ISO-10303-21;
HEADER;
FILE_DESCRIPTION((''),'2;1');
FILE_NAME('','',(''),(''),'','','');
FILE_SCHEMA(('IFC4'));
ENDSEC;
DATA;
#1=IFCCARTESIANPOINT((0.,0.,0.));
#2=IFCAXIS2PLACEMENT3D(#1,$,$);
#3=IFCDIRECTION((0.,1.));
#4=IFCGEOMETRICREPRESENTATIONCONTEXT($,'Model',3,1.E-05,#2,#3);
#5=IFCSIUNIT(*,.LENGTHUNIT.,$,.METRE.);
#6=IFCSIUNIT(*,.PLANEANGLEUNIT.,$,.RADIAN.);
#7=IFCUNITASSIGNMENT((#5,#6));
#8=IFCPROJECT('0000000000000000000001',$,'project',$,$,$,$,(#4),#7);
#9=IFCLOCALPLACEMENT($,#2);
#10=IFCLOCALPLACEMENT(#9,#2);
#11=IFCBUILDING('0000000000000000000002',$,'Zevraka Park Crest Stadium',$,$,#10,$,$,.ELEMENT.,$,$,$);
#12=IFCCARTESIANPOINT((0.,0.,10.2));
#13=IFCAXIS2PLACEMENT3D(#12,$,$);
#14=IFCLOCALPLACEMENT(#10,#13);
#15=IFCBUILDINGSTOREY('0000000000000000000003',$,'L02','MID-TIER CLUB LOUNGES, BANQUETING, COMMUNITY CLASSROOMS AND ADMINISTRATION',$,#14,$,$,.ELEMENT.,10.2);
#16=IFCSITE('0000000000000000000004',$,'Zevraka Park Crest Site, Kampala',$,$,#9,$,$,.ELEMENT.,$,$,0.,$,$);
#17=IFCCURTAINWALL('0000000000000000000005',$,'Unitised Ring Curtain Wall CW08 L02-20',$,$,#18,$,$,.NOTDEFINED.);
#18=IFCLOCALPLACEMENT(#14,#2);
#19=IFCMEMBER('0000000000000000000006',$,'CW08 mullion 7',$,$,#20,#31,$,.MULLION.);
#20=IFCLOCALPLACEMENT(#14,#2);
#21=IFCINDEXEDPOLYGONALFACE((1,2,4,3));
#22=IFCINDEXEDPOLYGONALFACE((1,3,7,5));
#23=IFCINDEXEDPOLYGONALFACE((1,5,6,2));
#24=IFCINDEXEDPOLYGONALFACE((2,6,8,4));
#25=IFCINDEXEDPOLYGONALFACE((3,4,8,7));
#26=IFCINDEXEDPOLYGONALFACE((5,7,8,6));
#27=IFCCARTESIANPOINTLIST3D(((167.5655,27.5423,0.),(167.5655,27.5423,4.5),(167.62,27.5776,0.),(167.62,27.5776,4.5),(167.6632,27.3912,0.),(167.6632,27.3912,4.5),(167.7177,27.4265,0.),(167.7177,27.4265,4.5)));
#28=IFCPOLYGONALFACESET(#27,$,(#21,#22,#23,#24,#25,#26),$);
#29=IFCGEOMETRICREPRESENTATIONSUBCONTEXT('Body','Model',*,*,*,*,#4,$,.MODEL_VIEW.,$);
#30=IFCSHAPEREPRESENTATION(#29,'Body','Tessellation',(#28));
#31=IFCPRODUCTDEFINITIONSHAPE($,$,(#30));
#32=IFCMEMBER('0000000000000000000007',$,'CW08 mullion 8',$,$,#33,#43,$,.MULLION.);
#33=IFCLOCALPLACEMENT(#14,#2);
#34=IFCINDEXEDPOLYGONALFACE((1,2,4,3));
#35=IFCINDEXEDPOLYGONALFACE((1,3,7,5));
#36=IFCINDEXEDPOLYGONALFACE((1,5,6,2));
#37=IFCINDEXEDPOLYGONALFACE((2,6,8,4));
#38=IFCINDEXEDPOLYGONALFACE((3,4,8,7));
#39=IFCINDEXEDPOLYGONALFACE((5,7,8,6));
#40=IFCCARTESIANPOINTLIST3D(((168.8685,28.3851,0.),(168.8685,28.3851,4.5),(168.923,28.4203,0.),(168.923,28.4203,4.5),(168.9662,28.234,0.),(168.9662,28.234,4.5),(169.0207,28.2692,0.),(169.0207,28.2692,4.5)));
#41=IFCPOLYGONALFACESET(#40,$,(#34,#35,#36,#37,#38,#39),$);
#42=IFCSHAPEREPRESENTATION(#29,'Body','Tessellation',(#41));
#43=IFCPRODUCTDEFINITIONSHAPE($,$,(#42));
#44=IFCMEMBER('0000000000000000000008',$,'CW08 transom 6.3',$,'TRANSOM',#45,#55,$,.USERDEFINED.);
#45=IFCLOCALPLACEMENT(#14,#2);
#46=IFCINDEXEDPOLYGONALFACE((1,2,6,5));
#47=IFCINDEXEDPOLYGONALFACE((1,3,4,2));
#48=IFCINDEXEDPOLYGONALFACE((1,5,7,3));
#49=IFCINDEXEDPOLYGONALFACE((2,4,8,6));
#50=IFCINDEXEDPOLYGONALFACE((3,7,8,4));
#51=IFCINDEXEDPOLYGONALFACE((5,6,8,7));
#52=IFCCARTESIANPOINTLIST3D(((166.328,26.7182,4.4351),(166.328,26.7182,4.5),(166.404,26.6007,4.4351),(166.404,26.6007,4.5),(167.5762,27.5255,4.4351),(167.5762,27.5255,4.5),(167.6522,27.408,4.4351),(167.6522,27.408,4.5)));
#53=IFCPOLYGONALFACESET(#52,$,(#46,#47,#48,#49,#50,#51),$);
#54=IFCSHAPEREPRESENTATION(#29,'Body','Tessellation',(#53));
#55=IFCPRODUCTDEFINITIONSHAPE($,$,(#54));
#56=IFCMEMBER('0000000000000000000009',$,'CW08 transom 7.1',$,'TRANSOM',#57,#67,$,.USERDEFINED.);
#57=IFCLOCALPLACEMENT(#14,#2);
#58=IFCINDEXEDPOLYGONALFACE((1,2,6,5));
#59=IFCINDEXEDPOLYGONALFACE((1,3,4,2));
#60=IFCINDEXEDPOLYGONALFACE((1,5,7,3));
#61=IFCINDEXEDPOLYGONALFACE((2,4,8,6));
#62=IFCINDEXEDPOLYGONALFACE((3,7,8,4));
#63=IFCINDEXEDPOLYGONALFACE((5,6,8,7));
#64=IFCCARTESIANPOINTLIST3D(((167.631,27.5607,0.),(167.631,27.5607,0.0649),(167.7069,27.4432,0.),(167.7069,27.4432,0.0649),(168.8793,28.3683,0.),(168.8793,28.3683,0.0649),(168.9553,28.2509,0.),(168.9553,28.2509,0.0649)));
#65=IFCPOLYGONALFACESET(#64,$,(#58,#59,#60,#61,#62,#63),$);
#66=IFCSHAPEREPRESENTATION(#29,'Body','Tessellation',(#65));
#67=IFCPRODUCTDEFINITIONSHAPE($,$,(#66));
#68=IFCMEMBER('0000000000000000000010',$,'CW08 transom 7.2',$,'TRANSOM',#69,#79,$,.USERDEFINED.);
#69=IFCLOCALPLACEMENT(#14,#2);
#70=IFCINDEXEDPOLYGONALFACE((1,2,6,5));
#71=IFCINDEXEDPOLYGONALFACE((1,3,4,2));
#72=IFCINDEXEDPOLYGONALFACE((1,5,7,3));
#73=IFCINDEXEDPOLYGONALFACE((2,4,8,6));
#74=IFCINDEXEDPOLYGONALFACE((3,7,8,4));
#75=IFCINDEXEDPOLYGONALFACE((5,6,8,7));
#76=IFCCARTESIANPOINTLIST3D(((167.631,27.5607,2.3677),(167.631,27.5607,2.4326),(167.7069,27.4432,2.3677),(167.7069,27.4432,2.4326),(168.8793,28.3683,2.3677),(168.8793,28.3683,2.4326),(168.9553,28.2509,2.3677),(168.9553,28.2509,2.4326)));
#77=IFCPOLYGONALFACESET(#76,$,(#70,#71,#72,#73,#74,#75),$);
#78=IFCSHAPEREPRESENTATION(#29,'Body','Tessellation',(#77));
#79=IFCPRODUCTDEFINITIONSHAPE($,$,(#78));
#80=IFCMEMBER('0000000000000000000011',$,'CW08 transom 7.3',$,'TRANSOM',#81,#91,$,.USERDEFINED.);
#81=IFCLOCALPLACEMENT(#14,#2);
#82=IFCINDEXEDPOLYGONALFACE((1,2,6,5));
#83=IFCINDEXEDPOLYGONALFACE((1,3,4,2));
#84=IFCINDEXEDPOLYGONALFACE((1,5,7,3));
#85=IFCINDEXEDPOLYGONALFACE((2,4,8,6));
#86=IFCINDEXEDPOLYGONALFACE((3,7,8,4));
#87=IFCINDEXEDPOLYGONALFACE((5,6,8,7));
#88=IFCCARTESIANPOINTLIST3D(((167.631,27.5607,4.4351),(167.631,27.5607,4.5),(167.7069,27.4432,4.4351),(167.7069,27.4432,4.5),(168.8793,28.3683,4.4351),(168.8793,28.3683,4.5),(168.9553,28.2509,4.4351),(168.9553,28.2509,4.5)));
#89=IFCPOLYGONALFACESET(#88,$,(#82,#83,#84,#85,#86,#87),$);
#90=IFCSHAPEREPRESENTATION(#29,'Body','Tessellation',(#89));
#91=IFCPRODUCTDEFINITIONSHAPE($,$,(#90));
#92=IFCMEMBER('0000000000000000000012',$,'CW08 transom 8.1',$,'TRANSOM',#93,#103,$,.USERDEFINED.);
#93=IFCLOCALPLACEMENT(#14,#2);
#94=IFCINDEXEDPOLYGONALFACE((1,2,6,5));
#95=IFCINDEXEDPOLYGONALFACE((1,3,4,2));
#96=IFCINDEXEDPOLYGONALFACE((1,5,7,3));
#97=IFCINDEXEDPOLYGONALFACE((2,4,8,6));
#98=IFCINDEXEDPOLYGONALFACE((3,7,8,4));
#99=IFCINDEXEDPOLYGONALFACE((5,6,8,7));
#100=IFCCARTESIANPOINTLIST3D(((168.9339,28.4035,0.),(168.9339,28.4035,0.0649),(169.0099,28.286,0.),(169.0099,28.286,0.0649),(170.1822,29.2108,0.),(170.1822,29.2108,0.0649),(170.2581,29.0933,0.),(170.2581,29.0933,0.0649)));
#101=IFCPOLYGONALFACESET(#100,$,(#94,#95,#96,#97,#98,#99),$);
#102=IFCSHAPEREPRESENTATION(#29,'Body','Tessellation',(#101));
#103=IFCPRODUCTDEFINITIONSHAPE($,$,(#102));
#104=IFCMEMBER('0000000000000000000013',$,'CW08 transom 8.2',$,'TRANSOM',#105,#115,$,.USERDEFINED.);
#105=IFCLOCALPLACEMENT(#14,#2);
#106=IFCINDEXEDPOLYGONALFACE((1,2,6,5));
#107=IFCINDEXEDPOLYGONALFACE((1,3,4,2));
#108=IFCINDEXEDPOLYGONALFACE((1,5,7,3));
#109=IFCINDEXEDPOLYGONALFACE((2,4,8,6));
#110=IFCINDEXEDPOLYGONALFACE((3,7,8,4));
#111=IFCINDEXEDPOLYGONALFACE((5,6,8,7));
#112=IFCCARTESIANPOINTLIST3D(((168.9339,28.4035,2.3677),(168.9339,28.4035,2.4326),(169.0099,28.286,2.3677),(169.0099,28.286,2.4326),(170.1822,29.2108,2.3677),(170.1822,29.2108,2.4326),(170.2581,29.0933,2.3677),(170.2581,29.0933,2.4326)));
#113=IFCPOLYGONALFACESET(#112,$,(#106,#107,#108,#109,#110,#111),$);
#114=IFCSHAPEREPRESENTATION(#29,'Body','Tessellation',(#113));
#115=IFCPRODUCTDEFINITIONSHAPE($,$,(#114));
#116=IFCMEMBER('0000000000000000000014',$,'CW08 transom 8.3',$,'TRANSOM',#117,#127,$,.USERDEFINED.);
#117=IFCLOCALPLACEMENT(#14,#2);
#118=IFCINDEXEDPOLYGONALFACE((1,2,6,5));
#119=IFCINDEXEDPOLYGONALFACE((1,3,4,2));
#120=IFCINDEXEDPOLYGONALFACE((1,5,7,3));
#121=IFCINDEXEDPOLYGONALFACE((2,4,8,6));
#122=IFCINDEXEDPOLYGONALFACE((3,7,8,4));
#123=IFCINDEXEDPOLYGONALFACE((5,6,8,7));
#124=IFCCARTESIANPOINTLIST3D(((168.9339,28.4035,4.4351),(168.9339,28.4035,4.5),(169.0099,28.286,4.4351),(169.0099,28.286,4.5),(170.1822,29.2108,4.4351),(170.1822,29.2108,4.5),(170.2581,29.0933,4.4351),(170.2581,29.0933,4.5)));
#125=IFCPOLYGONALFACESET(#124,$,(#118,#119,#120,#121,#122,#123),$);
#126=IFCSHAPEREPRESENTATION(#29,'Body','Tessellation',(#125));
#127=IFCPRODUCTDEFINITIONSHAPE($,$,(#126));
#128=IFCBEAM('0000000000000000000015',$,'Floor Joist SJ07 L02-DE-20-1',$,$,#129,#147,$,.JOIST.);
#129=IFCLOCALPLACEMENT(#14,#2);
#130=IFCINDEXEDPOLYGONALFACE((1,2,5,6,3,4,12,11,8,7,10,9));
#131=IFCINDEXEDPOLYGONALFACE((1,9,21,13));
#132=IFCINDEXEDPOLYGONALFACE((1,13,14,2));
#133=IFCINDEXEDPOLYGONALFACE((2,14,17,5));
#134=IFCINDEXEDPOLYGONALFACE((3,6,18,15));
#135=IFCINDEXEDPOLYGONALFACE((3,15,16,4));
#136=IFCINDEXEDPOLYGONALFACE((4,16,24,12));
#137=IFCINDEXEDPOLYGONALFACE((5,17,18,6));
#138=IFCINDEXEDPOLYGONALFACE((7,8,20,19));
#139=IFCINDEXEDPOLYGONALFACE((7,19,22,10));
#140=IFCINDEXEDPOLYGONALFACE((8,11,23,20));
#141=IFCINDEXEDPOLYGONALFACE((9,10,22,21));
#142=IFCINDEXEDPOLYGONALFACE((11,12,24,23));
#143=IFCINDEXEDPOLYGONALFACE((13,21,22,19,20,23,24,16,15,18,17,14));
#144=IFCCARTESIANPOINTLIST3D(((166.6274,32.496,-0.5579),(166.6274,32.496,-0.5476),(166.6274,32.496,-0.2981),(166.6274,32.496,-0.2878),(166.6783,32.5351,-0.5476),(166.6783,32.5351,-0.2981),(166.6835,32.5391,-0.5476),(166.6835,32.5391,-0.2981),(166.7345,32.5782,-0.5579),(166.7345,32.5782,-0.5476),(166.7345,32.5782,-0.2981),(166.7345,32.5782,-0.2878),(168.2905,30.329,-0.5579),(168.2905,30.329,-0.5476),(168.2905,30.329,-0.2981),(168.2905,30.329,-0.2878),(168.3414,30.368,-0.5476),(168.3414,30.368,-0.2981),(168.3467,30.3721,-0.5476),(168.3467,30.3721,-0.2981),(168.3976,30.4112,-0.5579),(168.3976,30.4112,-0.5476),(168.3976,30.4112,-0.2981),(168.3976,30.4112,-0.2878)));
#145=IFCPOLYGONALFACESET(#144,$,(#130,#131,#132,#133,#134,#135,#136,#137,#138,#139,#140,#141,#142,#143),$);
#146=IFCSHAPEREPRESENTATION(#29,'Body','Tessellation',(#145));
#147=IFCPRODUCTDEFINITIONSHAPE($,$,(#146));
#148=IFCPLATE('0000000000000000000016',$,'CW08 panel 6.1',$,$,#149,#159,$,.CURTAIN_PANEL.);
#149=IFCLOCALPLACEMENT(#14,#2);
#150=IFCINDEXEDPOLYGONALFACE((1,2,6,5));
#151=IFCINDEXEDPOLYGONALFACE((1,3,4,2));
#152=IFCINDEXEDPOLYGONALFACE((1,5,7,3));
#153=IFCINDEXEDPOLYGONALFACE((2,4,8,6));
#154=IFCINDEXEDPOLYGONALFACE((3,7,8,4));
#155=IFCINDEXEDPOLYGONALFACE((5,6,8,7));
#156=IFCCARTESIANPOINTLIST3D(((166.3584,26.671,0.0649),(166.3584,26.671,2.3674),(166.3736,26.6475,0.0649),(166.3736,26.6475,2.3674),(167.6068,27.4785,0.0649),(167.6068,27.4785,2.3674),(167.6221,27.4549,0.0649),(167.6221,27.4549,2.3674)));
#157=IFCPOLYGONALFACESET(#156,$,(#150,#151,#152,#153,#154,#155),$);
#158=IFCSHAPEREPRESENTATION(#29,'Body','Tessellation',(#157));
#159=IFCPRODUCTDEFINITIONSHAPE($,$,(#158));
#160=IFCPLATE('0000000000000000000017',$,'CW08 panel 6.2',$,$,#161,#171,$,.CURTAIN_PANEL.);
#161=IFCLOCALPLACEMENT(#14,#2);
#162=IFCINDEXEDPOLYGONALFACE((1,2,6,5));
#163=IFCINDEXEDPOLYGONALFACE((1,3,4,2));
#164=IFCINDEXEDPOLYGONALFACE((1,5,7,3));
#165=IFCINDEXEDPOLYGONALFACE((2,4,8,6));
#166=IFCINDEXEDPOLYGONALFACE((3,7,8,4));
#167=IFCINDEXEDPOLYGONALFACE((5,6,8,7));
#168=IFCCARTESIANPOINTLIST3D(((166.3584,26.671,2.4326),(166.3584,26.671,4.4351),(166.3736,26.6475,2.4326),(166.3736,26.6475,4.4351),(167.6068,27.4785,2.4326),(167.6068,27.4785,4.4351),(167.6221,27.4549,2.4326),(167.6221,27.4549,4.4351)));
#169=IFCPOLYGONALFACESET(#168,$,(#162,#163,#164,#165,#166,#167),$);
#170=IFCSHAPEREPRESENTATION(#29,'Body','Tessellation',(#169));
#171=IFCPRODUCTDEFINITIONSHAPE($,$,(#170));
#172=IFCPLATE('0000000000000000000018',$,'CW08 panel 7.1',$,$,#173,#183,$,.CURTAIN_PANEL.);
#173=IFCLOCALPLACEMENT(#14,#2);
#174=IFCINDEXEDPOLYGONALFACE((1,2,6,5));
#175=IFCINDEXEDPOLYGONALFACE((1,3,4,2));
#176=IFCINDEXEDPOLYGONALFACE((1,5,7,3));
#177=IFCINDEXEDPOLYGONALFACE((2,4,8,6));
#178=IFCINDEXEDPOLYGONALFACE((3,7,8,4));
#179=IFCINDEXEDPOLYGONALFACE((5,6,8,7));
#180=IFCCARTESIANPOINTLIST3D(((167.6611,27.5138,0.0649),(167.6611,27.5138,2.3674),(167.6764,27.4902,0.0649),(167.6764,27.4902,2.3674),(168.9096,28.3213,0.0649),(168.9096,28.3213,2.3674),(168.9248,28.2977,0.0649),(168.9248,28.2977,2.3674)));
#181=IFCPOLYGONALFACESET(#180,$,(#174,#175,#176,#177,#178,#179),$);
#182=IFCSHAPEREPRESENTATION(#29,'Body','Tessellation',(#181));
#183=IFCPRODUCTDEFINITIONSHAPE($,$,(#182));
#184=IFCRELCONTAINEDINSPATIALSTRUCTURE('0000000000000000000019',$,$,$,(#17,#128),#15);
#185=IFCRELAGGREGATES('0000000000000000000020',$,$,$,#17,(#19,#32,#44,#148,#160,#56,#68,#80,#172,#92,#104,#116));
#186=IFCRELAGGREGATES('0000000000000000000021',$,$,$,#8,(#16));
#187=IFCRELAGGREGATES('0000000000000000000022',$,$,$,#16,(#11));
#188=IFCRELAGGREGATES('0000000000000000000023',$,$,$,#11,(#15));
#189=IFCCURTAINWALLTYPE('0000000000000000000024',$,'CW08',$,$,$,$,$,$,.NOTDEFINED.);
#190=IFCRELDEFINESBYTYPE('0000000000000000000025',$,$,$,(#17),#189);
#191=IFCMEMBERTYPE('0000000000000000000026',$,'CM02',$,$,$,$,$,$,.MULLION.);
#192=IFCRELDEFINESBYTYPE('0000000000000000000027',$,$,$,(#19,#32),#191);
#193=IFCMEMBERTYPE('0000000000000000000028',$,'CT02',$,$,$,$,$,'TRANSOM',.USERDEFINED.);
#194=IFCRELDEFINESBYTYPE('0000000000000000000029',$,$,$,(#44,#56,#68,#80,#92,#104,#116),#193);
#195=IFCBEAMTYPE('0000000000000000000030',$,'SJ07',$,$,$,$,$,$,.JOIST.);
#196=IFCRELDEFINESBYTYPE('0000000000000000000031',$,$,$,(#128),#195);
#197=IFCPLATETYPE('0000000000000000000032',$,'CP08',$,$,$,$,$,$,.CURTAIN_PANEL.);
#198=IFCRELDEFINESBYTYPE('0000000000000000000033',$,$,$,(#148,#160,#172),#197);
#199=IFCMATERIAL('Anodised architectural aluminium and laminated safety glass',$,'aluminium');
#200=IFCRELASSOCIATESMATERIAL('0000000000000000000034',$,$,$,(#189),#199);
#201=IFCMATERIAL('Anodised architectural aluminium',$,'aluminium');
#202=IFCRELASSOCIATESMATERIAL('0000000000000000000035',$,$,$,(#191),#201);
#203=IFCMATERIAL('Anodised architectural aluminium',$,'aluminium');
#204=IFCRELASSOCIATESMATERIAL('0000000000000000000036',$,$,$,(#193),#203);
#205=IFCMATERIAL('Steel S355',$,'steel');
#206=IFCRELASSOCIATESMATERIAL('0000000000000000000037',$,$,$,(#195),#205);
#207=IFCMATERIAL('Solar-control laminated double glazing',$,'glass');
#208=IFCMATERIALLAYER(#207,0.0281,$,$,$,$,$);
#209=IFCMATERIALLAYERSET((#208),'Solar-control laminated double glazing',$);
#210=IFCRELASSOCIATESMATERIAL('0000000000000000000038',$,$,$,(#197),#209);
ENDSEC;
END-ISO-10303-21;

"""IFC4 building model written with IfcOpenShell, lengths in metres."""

from ifc_helpers import new_model, si_unit, direction, frame, origin, origin_2d, place, context, subcontext, project, spatial, rectangle, i_section, extrude, material, layer, layer_set, material_profile, profile_set, type_object, element, aggregate, save


model = new_model("IFC4")

# Units and contexts
model_context = context("Model", 3, precision=1e-05, world=origin(), true_north=direction((0.0, 1.0)))
body_context = subcontext(model_context, "Body", "Model", "MODEL_VIEW")
ifc_project = project(units=[si_unit("LENGTHUNIT", "METRE"), si_unit("PLANEANGLEUNIT", "RADIAN")], contexts=[model_context])

# Site, building, storey
site_placement = place(None, origin())
site = spatial("IfcSite", under=ifc_project, at=site_placement, Name="Zevraka Park Crest Site, Kampala", CompositionType="ELEMENT", RefElevation=0.0)
building_placement = place(site_placement, origin())
building = spatial("IfcBuilding", under=site, at=building_placement, Name="Zevraka Park Crest Stadium", CompositionType="ELEMENT")
storey_placement = place(building_placement, frame((0.0, 0.0, 10.2)))
storey = spatial("IfcBuildingStorey", under=building, at=storey_placement, Name="L02", Description="MID-TIER CLUB LOUNGES, BANQUETING, COMMUNITY CLASSROOMS AND ADMINISTRATION", CompositionType="ELEMENT", Elevation=10.2)

# Curtain wall, members
ifc_material_1 = material(Name="Anodised architectural aluminium and laminated safety glass", Category="aluminium")
curtain_wall_type = type_object("IfcCurtainWallType", Name="CW08", PredefinedType="NOTDEFINED", material=ifc_material_1)
curtain_wall_placement = place(storey_placement, origin())
curtain_wall = element("IfcCurtainWall", 1, at=curtain_wall_placement, inside=storey, type_object=curtain_wall_type, Name="Unitised Ring Curtain Wall CW08 L02-20", PredefinedType="NOTDEFINED")
ifc_material_2 = material(Name="Anodised architectural aluminium", Category="aluminium")
ifc_material_profile_1 = material_profile(ifc_material_2, rectangle(XDim=0.1799, YDim=0.0649, at=origin_2d()), Name="ALU MULLION 180x65")
ifc_profile_set_1 = profile_set([ifc_material_profile_1], Name="Anodised architectural aluminium")
member_type_1 = type_object("IfcMemberType", Name="CM02", PredefinedType="MULLION", material=ifc_profile_set_1)
member_1_placement = place(storey_placement, frame((167.6416, 27.4844, 0.0), z_axis=(0.0, 0.0, 1.0), x_axis=(-0.543096, 0.83967, 0.0)))
member_1 = element("IfcMember", 2, at=member_1_placement, type_object=member_type_1, Name="CW08 mullion 7", PredefinedType="MULLION", context=body_context, shape_type="SweptSolid", body=[
    extrude(rectangle(XDim=0.1799, YDim=0.0649, at=origin_2d()), origin(), (0.0, 0.0, 1.0), 4.5),
])
member_2_placement = place(storey_placement, frame((168.9446, 28.3271, 0.0), z_axis=(0.0, 0.0, 1.0), x_axis=(-0.543096, 0.83967, 0.0)))
member_2 = element("IfcMember", 3, at=member_2_placement, type_object=member_type_1, Name="CW08 mullion 8", PredefinedType="MULLION", context=body_context, shape_type="SweptSolid", body=[
    extrude(rectangle(XDim=0.1799, YDim=0.0649, at=origin_2d()), origin(), (0.0, 0.0, 1.0), 4.5),
])
ifc_material_3 = material(Name="Anodised architectural aluminium", Category="aluminium")
ifc_material_profile_2 = material_profile(ifc_material_3, rectangle(XDim=0.1399, YDim=0.0649, at=origin_2d()), Name="ALU TRANSOM 140x65")
ifc_profile_set_2 = profile_set([ifc_material_profile_2], Name="Anodised architectural aluminium")
member_type_2 = type_object("IfcMemberType", Name="CT02", ElementType="TRANSOM", PredefinedType="USERDEFINED", material=ifc_profile_set_2)
member_3_placement = place(storey_placement, frame((166.366, 26.6594, 4.4675), z_axis=(0.839676, 0.543088, 0.0), x_axis=(-0.543088, 0.839676, 0.0)))
member_3 = element("IfcMember", 4, at=member_3_placement, type_object=member_type_2, Name="CW08 transom 6.3", ObjectType="TRANSOM", PredefinedType="USERDEFINED", context=body_context, shape_type="SweptSolid", body=[
    extrude(rectangle(XDim=0.1399, YDim=0.0649, at=origin_2d()), origin(), (0.0, 0.0, 1.0), 1.4866),
])
member_4_placement = place(storey_placement, frame((167.6689, 27.502, 0.0325), z_axis=(0.839601, 0.543204, 0.0), x_axis=(-0.543204, 0.839601, 0.0)))
member_4 = element("IfcMember", 5, at=member_4_placement, type_object=member_type_2, Name="CW08 transom 7.1", ObjectType="TRANSOM", PredefinedType="USERDEFINED", context=body_context, shape_type="SweptSolid", body=[
    extrude(rectangle(XDim=0.1399, YDim=0.0649, at=origin_2d()), origin(), (0.0, 0.0, 1.0), 1.4868),
])
member_5_placement = place(storey_placement, frame((167.6689, 27.502, 2.4001), z_axis=(0.839601, 0.543204, 0.0), x_axis=(-0.543204, 0.839601, 0.0)))
member_5 = element("IfcMember", 6, at=member_5_placement, type_object=member_type_2, Name="CW08 transom 7.2", ObjectType="TRANSOM", PredefinedType="USERDEFINED", context=body_context, shape_type="SweptSolid", body=[
    extrude(rectangle(XDim=0.1399, YDim=0.0649, at=origin_2d()), origin(), (0.0, 0.0, 1.0), 1.4868),
])
member_6_placement = place(storey_placement, frame((167.6689, 27.502, 4.4675), z_axis=(0.839601, 0.543204, 0.0), x_axis=(-0.543204, 0.839601, 0.0)))
member_6 = element("IfcMember", 7, at=member_6_placement, type_object=member_type_2, Name="CW08 transom 7.3", ObjectType="TRANSOM", PredefinedType="USERDEFINED", context=body_context, shape_type="SweptSolid", body=[
    extrude(rectangle(XDim=0.1399, YDim=0.0649, at=origin_2d()), origin(), (0.0, 0.0, 1.0), 1.4868),
])
member_7_placement = place(storey_placement, frame((168.9719, 28.3447, 0.0325), z_axis=(0.839676, 0.543088, 0.0), x_axis=(-0.543088, 0.839676, 0.0)))
member_7 = element("IfcMember", 8, at=member_7_placement, type_object=member_type_2, Name="CW08 transom 8.1", ObjectType="TRANSOM", PredefinedType="USERDEFINED", context=body_context, shape_type="SweptSolid", body=[
    extrude(rectangle(XDim=0.1399, YDim=0.0649, at=origin_2d()), origin(), (0.0, 0.0, 1.0), 1.4866),
])
member_8_placement = place(storey_placement, frame((168.9719, 28.3447, 2.4001), z_axis=(0.839676, 0.543088, 0.0), x_axis=(-0.543088, 0.839676, 0.0)))
member_8 = element("IfcMember", 9, at=member_8_placement, type_object=member_type_2, Name="CW08 transom 8.2", ObjectType="TRANSOM", PredefinedType="USERDEFINED", context=body_context, shape_type="SweptSolid", body=[
    extrude(rectangle(XDim=0.1399, YDim=0.0649, at=origin_2d()), origin(), (0.0, 0.0, 1.0), 1.4866),
])
member_9_placement = place(storey_placement, frame((168.9719, 28.3447, 4.4675), z_axis=(0.839676, 0.543088, 0.0), x_axis=(-0.543088, 0.839676, 0.0)))
member_9 = element("IfcMember", 10, at=member_9_placement, type_object=member_type_2, Name="CW08 transom 8.3", ObjectType="TRANSOM", PredefinedType="USERDEFINED", context=body_context, shape_type="SweptSolid", body=[
    extrude(rectangle(XDim=0.1399, YDim=0.0649, at=origin_2d()), origin(), (0.0, 0.0, 1.0), 1.4866),
])

# Beam
ifc_material_4 = material(Name="Steel S355", Category="steel")
ifc_material_profile_3 = material_profile(ifc_material_4, i_section(OverallWidth=0.135, OverallDepth=0.27, WebThickness=0.0066, FlangeThickness=0.0103, at=origin_2d()), Name="IPE 270")
ifc_profile_set_3 = profile_set([ifc_material_profile_3], Name="Steel S355")
beam_type = type_object("IfcBeamType", Name="SJ07", PredefinedType="JOIST", material=ifc_profile_set_3)
beam_placement = place(storey_placement, frame((166.6809, 32.5371, -0.4229), z_axis=(0.608829, -0.793301, 0.0), x_axis=(0.793301, 0.608829, 0.0)))
element("IfcBeam", 11, at=beam_placement, inside=storey, type_object=beam_type, Name="Floor Joist SJ07 L02-DE-20-1", PredefinedType="JOIST", context=body_context, shape_type="SweptSolid", body=[
    extrude(i_section(OverallWidth=0.135, OverallDepth=0.27, WebThickness=0.0066, FlangeThickness=0.0103, at=origin_2d()), origin(), (0.0, 0.0, 1.0), 2.7317),
])

# Plates
ifc_material_5 = material(Name="Solar-control laminated double glazing", Category="glass")
ifc_layer_1 = layer(ifc_material_5, 0.0281)
ifc_layer_set_1 = layer_set([ifc_layer_1], Name="Solar-control laminated double glazing")
plate_type = type_object("IfcPlateType", Name="CP08", PredefinedType="CURTAIN_PANEL", material=ifc_layer_set_1)
plate_1_placement = place(storey_placement, frame((166.9902, 27.063, 0.0649), z_axis=(0.0, 0.0, 1.0), x_axis=(0.83967, 0.543096, 0.0)))
plate_1 = element("IfcPlate", 12, at=plate_1_placement, type_object=plate_type, Name="CW08 panel 6.1", PredefinedType="CURTAIN_PANEL", context=body_context, shape_type="SweptSolid", body=[
    extrude(rectangle(XDim=1.4868, YDim=0.0281, at=origin_2d()), origin(), (0.0, 0.0, 1.0), 2.3025),
])
plate_2_placement = place(storey_placement, frame((166.9902, 27.063, 2.4326), z_axis=(0.0, 0.0, 1.0), x_axis=(0.83967, 0.543096, 0.0)))
plate_2 = element("IfcPlate", 13, at=plate_2_placement, type_object=plate_type, Name="CW08 panel 6.2", PredefinedType="CURTAIN_PANEL", context=body_context, shape_type="SweptSolid", body=[
    extrude(rectangle(XDim=1.4868, YDim=0.0281, at=origin_2d()), origin(), (0.0, 0.0, 1.0), 2.0024),
])
plate_3_placement = place(storey_placement, frame((168.293, 27.9058, 0.0649), z_axis=(0.0, 0.0, 1.0), x_axis=(0.83967, 0.543096, 0.0)))
plate_3 = element("IfcPlate", 14, at=plate_3_placement, type_object=plate_type, Name="CW08 panel 7.1", PredefinedType="CURTAIN_PANEL", context=body_context, shape_type="SweptSolid", body=[
    extrude(rectangle(XDim=1.4868, YDim=0.0281, at=origin_2d()), origin(), (0.0, 0.0, 1.0), 2.3025),
])
aggregate(curtain_wall, [member_1, member_2, member_3, plate_1, plate_2, member_4, member_5, member_6, plate_3, member_7, member_8, member_9])

save(model, "model.ifc")
